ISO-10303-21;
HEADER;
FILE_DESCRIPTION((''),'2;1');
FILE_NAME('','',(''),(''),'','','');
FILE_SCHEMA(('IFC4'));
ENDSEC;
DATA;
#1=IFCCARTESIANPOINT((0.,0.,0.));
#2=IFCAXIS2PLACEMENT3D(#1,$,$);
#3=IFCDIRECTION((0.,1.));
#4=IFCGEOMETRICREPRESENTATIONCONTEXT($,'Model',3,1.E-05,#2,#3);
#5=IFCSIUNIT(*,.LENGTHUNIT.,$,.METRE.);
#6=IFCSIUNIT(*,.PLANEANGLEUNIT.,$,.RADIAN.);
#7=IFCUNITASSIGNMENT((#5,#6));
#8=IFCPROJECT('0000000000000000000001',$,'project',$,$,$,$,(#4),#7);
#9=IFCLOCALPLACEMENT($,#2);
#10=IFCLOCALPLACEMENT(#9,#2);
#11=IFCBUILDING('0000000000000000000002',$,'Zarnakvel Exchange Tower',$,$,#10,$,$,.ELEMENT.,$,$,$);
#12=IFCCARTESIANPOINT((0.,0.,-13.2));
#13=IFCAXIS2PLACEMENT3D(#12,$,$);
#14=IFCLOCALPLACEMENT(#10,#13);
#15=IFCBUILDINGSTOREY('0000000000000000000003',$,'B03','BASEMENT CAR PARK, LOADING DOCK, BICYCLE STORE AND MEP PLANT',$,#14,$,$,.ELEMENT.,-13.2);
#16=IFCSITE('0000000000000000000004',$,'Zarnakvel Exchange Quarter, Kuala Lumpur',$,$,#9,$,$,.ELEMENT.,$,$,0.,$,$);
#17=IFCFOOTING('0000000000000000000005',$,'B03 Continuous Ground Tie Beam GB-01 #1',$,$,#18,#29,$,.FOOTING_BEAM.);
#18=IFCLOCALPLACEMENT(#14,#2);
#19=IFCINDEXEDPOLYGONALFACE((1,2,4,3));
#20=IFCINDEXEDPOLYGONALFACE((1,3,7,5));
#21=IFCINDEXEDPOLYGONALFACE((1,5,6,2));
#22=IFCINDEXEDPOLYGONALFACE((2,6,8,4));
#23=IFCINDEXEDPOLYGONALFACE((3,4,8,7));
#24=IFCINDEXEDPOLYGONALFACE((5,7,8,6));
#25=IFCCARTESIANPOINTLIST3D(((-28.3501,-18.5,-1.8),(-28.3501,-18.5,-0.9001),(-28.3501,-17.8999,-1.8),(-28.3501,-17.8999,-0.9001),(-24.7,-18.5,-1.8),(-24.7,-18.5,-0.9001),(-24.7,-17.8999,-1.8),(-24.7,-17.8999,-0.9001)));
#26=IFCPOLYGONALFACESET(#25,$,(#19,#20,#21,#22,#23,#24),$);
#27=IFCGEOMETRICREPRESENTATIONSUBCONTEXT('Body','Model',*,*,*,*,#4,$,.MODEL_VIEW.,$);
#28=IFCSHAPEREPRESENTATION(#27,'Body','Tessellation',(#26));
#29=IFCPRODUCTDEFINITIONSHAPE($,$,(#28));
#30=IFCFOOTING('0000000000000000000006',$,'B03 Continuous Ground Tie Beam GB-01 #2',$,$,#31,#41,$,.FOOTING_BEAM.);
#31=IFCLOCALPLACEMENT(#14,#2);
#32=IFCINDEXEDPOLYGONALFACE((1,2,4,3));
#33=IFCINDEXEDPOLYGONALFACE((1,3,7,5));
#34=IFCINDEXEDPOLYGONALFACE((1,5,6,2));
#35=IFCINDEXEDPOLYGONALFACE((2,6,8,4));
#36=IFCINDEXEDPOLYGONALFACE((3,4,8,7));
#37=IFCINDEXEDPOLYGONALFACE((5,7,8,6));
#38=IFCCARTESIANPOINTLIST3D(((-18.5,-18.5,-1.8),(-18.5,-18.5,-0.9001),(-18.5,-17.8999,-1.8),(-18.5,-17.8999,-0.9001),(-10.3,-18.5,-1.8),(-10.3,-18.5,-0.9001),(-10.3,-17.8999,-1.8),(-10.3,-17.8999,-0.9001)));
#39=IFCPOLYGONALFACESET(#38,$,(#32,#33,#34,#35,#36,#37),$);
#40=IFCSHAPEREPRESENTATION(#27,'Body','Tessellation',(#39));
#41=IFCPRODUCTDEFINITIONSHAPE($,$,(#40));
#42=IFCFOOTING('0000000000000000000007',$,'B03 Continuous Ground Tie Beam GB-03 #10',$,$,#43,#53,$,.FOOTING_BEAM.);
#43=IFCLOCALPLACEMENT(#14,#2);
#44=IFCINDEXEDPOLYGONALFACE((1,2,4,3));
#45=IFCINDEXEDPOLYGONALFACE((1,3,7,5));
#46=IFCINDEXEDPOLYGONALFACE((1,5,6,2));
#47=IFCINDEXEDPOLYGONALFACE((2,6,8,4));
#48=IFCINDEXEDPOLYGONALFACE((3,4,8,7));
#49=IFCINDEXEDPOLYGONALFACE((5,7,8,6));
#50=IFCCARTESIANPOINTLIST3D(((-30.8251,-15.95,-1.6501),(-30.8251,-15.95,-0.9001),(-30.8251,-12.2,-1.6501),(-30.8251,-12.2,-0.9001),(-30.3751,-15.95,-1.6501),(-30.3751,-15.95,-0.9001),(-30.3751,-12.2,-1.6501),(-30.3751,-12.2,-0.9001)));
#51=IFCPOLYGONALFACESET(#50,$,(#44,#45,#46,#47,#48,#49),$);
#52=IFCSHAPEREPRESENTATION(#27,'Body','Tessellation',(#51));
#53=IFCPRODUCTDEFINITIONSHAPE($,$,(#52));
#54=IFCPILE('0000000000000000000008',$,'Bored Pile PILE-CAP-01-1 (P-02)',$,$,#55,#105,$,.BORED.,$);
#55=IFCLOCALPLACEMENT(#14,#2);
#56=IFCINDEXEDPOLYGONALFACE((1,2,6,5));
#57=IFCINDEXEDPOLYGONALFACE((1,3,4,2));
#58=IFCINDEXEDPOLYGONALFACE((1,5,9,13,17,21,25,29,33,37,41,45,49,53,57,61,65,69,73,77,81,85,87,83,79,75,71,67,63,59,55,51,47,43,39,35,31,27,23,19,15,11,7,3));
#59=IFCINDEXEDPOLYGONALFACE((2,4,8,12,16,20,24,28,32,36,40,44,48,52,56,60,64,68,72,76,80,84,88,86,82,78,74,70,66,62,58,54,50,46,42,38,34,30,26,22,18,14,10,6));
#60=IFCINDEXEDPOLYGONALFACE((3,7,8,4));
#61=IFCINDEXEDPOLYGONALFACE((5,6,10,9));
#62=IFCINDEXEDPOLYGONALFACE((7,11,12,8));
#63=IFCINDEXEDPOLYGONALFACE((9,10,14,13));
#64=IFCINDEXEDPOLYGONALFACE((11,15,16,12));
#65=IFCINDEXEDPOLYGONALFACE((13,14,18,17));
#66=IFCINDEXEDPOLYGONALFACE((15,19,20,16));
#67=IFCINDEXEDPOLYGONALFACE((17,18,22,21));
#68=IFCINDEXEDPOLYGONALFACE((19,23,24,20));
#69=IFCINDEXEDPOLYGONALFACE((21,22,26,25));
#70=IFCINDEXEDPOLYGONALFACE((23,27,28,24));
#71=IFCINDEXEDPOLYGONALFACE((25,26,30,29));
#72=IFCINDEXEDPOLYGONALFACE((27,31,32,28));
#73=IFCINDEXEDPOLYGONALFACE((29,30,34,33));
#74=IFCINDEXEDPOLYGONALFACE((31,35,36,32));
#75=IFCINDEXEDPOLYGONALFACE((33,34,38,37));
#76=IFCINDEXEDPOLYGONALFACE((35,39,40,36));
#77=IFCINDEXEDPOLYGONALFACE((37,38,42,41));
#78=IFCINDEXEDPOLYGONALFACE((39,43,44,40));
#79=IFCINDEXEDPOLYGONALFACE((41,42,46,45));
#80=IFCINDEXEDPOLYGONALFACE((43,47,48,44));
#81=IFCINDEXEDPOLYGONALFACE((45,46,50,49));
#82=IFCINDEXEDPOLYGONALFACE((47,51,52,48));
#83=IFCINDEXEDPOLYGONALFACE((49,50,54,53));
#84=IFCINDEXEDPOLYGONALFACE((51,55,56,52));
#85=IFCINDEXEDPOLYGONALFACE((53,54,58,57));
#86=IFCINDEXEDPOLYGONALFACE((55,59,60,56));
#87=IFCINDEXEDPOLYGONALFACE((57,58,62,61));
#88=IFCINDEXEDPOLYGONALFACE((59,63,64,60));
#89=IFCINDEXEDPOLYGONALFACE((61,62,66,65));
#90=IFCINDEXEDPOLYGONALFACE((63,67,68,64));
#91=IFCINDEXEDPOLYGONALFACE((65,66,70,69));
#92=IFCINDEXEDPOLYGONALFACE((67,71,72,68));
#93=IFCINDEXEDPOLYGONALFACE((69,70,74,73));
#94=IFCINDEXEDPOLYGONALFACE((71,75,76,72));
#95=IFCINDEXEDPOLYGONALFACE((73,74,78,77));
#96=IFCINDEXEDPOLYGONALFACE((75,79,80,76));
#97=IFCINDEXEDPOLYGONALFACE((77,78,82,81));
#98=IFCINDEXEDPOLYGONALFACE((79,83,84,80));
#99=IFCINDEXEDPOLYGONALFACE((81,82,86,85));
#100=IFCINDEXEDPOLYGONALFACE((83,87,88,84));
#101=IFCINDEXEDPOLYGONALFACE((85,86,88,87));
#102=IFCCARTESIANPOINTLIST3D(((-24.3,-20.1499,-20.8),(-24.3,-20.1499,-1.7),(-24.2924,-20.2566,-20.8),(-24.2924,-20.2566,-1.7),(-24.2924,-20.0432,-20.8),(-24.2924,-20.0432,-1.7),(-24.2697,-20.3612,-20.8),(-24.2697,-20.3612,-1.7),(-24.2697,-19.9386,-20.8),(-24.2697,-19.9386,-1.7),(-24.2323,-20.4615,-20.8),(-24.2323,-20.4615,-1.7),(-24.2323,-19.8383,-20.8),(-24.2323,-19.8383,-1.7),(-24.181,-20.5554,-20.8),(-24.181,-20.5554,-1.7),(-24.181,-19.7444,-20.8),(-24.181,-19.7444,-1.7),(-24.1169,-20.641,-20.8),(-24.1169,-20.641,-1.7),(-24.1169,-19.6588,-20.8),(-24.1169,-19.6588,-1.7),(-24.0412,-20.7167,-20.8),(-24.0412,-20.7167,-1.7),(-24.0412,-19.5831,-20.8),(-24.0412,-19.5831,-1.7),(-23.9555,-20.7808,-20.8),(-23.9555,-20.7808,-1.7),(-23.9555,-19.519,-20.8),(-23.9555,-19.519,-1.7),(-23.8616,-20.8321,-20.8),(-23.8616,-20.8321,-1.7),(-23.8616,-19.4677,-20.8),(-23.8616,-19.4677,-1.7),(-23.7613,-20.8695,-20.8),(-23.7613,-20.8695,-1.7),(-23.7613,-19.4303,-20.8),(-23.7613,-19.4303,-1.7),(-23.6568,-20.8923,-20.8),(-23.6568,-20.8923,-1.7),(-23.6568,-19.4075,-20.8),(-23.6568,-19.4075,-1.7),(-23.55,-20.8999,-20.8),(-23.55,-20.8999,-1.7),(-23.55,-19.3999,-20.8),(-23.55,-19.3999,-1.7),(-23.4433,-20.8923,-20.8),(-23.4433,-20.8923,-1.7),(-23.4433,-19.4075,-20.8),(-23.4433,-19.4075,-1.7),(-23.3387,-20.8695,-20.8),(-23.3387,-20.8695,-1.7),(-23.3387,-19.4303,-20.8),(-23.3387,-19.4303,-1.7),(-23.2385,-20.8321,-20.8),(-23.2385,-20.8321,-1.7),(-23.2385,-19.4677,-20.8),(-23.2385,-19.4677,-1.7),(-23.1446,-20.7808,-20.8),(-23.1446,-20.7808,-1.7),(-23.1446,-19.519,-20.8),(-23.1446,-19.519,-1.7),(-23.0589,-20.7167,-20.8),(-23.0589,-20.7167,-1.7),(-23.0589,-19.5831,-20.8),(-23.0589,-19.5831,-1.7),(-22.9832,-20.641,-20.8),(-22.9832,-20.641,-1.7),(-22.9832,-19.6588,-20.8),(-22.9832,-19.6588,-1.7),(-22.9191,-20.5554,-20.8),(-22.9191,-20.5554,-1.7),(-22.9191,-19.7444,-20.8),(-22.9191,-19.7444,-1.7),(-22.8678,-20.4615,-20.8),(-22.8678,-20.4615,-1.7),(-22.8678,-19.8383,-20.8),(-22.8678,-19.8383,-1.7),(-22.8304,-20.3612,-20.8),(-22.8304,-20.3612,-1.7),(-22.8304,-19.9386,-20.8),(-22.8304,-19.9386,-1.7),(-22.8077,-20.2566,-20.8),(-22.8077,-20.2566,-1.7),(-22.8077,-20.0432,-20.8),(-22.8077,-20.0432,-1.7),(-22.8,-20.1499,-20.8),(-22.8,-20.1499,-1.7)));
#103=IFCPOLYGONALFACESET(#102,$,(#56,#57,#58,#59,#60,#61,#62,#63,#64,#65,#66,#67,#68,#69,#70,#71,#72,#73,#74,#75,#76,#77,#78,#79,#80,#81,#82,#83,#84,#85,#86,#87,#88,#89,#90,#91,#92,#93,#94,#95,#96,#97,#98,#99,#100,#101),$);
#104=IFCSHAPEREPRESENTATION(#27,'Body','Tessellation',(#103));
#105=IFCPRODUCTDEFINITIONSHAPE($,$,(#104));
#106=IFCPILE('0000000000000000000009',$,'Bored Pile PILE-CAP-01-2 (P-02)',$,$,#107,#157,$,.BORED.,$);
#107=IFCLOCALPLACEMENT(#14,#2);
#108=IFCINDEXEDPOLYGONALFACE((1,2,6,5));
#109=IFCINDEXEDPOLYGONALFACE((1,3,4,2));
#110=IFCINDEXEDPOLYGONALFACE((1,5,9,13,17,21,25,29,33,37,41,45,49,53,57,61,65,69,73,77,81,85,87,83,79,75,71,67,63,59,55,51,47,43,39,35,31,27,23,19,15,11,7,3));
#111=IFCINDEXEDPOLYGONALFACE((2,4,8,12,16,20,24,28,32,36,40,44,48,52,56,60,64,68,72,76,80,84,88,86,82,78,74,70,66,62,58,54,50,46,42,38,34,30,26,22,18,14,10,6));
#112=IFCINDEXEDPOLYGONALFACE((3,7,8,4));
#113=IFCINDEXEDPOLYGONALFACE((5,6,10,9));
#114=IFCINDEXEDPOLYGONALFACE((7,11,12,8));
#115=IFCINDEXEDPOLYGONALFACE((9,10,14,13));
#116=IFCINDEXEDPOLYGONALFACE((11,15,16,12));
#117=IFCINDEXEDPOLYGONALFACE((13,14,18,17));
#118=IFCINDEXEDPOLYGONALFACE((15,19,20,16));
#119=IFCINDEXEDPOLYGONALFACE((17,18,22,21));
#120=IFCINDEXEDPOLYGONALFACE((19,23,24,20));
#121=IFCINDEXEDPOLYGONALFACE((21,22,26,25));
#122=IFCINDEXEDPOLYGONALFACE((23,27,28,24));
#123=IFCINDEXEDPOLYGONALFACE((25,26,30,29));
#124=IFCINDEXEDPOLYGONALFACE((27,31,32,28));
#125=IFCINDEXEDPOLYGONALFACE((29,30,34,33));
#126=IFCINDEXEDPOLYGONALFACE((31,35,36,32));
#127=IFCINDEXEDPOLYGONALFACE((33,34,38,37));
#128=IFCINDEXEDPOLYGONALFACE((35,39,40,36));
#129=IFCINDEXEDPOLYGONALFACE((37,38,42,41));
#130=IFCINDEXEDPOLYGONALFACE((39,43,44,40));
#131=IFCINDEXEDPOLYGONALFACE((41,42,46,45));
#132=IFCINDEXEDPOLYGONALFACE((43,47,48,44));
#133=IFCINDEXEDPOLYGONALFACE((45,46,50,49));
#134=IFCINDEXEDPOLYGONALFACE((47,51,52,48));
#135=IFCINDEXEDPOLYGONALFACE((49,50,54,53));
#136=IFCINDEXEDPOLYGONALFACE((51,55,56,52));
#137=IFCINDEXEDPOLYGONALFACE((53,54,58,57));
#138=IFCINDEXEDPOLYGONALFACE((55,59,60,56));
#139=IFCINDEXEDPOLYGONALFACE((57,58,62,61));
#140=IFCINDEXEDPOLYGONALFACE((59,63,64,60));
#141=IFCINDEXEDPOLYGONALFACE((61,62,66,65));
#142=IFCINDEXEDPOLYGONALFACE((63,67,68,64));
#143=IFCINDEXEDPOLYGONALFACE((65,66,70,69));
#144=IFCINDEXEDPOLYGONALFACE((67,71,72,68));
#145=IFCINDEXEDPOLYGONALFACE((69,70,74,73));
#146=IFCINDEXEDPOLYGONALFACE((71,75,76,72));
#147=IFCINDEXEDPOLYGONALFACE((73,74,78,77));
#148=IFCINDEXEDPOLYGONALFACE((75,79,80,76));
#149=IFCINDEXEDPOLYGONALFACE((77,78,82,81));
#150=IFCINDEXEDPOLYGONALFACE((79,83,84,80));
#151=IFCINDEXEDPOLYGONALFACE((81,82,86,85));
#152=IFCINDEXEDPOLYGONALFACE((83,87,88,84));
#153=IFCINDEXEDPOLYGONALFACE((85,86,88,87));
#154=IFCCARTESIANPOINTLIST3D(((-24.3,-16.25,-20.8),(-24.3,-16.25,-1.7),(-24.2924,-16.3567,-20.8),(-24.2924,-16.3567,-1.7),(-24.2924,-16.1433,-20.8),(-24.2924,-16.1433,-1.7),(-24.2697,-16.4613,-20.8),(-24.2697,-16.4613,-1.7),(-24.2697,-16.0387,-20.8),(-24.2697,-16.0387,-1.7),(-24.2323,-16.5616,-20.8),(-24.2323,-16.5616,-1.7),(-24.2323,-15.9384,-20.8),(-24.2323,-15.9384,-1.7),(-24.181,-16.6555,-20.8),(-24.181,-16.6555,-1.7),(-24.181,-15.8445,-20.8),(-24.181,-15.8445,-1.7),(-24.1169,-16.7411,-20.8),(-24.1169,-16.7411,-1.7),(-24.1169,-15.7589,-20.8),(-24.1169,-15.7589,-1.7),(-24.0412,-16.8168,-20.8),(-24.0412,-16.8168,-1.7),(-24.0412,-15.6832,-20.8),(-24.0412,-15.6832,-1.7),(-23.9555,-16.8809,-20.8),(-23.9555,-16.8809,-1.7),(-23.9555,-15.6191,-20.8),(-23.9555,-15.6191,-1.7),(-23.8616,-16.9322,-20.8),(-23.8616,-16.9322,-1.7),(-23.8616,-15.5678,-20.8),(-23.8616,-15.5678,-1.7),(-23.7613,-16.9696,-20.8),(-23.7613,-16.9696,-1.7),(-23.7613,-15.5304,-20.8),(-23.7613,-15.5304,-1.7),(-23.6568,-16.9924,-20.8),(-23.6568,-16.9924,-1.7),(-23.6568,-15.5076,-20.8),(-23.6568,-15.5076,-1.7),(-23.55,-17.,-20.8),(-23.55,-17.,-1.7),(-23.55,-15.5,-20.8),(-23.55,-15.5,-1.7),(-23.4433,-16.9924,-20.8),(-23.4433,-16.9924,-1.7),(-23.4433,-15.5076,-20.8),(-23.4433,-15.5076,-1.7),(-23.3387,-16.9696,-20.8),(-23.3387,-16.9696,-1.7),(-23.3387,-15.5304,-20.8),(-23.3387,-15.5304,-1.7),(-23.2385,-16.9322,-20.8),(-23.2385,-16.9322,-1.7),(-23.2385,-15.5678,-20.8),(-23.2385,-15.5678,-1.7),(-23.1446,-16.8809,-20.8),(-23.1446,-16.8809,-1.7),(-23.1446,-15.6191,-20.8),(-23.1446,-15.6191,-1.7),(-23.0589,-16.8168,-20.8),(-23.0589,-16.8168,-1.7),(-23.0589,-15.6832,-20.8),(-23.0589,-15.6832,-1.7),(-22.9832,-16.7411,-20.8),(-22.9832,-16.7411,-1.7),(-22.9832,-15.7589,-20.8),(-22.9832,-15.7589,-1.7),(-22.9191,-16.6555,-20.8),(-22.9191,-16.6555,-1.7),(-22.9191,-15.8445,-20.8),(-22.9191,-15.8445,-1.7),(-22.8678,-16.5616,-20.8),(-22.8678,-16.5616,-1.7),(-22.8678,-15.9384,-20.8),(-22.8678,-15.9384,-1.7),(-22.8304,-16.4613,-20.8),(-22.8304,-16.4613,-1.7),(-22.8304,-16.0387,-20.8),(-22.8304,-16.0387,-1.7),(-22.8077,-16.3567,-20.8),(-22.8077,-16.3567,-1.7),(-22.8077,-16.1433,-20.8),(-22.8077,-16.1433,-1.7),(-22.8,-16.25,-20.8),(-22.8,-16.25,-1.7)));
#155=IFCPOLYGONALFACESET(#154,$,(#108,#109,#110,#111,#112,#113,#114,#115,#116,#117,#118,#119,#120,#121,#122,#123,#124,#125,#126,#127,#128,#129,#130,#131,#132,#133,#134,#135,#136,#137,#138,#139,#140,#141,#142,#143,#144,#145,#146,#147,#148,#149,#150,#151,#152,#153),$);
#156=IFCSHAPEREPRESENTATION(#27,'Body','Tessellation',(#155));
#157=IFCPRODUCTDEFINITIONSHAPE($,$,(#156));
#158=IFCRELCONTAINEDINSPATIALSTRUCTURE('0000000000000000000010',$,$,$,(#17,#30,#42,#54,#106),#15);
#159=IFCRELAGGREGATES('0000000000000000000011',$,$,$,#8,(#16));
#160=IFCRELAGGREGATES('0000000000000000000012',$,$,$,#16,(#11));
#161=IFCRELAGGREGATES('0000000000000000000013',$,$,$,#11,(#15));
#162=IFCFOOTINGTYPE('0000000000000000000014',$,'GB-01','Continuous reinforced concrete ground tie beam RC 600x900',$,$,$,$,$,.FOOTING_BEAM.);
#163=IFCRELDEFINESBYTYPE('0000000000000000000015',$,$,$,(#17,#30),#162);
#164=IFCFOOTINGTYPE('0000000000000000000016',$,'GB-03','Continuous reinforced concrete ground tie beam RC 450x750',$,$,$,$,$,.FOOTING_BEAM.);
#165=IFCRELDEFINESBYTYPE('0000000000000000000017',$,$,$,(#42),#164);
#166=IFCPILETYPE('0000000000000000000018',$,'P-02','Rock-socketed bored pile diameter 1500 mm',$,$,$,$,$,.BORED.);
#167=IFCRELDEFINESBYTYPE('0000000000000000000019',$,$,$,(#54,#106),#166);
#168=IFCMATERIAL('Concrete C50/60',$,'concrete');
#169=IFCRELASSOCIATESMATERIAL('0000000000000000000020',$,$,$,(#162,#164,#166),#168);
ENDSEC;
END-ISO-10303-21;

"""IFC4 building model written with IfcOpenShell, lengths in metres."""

from ifc_helpers import new_model, si_unit, direction, frame, origin, origin_2d, place, context, subcontext, project, spatial, rectangle, circle, extrude, material, material_profile, profile_set, type_object, element, save


model = new_model("IFC4")

# Units and contexts
model_context = context("Model", 3, precision=1e-05, world=origin(), true_north=direction((0.0, 1.0)))
body_context = subcontext(model_context, "Body", "Model", "MODEL_VIEW")
ifc_project = project(units=[si_unit("LENGTHUNIT", "METRE"), si_unit("PLANEANGLEUNIT", "RADIAN")], contexts=[model_context])

# Site, building, storey
site_placement = place(None, origin())
site = spatial("IfcSite", under=ifc_project, at=site_placement, Name="Zarnakvel Exchange Quarter, Kuala Lumpur", CompositionType="ELEMENT", RefElevation=0.0)
building_placement = place(site_placement, origin())
building = spatial("IfcBuilding", under=site, at=building_placement, Name="Zarnakvel Exchange Tower", CompositionType="ELEMENT")
storey_placement = place(building_placement, frame((0.0, 0.0, -13.2)))
storey = spatial("IfcBuildingStorey", under=building, at=storey_placement, Name="B03", Description="BASEMENT CAR PARK, LOADING DOCK, BICYCLE STORE AND MEP PLANT", CompositionType="ELEMENT", Elevation=-13.2)

# Footings
ifc_material_1 = material(Name="Concrete C50/60", Category="concrete")
ifc_material_profile_1 = material_profile(ifc_material_1, rectangle(XDim=0.6001, YDim=0.8999, at=origin_2d()))
ifc_profile_set_1 = profile_set([ifc_material_profile_1], Name="Concrete C50/60")
footing_type_1 = type_object("IfcFootingType", Name="GB-01", Description="Continuous reinforced concrete ground tie beam RC 600x900", PredefinedType="FOOTING_BEAM", material=ifc_profile_set_1)
footing_1_placement = place(storey_placement, frame((-28.3501, -18.2, -1.3501), z_axis=(1.0, 0.0, 0.0), x_axis=(0.0, 1.0, 0.0)))
element("IfcFooting", 1, at=footing_1_placement, inside=storey, type_object=footing_type_1, Name="B03 Continuous Ground Tie Beam GB-01 #1", PredefinedType="FOOTING_BEAM", context=body_context, shape_type="SweptSolid", body=[
    extrude(rectangle(XDim=0.6001, YDim=0.8999, at=origin_2d()), origin(), (0.0, 0.0, 1.0), 3.6501),
])
footing_2_placement = place(storey_placement, frame((-18.5, -18.2, -1.3501), z_axis=(1.0, 0.0, 0.0), x_axis=(0.0, 1.0, 0.0)))
element("IfcFooting", 2, at=footing_2_placement, inside=storey, type_object=footing_type_1, Name="B03 Continuous Ground Tie Beam GB-01 #2", PredefinedType="FOOTING_BEAM", context=body_context, shape_type="SweptSolid", body=[
    extrude(rectangle(XDim=0.6001, YDim=0.8999, at=origin_2d()), origin(), (0.0, 0.0, 1.0), 8.2),
])
ifc_material_profile_2 = material_profile(ifc_material_1, rectangle(XDim=0.45, YDim=0.75, at=origin_2d()))
ifc_profile_set_2 = profile_set([ifc_material_profile_2], Name="Concrete C50/60")
footing_type_2 = type_object("IfcFootingType", Name="GB-03", Description="Continuous reinforced concrete ground tie beam RC 450x750", PredefinedType="FOOTING_BEAM", material=ifc_profile_set_2)
footing_3_placement = place(storey_placement, frame((-30.6001, -15.95, -1.2751), z_axis=(0.0, 1.0, 0.0), x_axis=(-1.0, 0.0, 0.0)))
element("IfcFooting", 3, at=footing_3_placement, inside=storey, type_object=footing_type_2, Name="B03 Continuous Ground Tie Beam GB-03 #10", PredefinedType="FOOTING_BEAM", context=body_context, shape_type="SweptSolid", body=[
    extrude(rectangle(XDim=0.45, YDim=0.75, at=origin_2d()), origin(), (0.0, 0.0, 1.0), 3.75),
])

# Piles
ifc_material_profile_3 = material_profile(ifc_material_1, circle(Radius=0.75, at=origin_2d()))
ifc_profile_set_3 = profile_set([ifc_material_profile_3], Name="Concrete C50/60")
pile_type_1 = type_object("IfcPileType", Name="P-02", Description="Rock-socketed bored pile diameter 1500 mm", PredefinedType="BORED", material=ifc_profile_set_3)
for number, where, z_axis, x_axis, name in (
    (4, (-23.55, -20.1499, -1.7), (0.0, 0.0, -1.0), (1.0, 0.0, 0.0), "Bored Pile PILE-CAP-01-1 (P-02)"),
    (5, (-23.55, -16.25, -1.7), (0.0, 0.0, -1.0), (1.0, 0.0, 0.0), "Bored Pile PILE-CAP-01-2 (P-02)"),
):
    element("IfcPile", number, at=place(storey_placement, frame(where, z_axis=z_axis, x_axis=x_axis)), inside=storey, type_object=pile_type_1, Name=name, PredefinedType="BORED", context=body_context, shape_type="SweptSolid", body=[
        extrude(circle(Radius=0.75, at=origin_2d()), origin(), (0.0, 0.0, 1.0), 19.1001),
    ])

save(model, "model.ifc")
